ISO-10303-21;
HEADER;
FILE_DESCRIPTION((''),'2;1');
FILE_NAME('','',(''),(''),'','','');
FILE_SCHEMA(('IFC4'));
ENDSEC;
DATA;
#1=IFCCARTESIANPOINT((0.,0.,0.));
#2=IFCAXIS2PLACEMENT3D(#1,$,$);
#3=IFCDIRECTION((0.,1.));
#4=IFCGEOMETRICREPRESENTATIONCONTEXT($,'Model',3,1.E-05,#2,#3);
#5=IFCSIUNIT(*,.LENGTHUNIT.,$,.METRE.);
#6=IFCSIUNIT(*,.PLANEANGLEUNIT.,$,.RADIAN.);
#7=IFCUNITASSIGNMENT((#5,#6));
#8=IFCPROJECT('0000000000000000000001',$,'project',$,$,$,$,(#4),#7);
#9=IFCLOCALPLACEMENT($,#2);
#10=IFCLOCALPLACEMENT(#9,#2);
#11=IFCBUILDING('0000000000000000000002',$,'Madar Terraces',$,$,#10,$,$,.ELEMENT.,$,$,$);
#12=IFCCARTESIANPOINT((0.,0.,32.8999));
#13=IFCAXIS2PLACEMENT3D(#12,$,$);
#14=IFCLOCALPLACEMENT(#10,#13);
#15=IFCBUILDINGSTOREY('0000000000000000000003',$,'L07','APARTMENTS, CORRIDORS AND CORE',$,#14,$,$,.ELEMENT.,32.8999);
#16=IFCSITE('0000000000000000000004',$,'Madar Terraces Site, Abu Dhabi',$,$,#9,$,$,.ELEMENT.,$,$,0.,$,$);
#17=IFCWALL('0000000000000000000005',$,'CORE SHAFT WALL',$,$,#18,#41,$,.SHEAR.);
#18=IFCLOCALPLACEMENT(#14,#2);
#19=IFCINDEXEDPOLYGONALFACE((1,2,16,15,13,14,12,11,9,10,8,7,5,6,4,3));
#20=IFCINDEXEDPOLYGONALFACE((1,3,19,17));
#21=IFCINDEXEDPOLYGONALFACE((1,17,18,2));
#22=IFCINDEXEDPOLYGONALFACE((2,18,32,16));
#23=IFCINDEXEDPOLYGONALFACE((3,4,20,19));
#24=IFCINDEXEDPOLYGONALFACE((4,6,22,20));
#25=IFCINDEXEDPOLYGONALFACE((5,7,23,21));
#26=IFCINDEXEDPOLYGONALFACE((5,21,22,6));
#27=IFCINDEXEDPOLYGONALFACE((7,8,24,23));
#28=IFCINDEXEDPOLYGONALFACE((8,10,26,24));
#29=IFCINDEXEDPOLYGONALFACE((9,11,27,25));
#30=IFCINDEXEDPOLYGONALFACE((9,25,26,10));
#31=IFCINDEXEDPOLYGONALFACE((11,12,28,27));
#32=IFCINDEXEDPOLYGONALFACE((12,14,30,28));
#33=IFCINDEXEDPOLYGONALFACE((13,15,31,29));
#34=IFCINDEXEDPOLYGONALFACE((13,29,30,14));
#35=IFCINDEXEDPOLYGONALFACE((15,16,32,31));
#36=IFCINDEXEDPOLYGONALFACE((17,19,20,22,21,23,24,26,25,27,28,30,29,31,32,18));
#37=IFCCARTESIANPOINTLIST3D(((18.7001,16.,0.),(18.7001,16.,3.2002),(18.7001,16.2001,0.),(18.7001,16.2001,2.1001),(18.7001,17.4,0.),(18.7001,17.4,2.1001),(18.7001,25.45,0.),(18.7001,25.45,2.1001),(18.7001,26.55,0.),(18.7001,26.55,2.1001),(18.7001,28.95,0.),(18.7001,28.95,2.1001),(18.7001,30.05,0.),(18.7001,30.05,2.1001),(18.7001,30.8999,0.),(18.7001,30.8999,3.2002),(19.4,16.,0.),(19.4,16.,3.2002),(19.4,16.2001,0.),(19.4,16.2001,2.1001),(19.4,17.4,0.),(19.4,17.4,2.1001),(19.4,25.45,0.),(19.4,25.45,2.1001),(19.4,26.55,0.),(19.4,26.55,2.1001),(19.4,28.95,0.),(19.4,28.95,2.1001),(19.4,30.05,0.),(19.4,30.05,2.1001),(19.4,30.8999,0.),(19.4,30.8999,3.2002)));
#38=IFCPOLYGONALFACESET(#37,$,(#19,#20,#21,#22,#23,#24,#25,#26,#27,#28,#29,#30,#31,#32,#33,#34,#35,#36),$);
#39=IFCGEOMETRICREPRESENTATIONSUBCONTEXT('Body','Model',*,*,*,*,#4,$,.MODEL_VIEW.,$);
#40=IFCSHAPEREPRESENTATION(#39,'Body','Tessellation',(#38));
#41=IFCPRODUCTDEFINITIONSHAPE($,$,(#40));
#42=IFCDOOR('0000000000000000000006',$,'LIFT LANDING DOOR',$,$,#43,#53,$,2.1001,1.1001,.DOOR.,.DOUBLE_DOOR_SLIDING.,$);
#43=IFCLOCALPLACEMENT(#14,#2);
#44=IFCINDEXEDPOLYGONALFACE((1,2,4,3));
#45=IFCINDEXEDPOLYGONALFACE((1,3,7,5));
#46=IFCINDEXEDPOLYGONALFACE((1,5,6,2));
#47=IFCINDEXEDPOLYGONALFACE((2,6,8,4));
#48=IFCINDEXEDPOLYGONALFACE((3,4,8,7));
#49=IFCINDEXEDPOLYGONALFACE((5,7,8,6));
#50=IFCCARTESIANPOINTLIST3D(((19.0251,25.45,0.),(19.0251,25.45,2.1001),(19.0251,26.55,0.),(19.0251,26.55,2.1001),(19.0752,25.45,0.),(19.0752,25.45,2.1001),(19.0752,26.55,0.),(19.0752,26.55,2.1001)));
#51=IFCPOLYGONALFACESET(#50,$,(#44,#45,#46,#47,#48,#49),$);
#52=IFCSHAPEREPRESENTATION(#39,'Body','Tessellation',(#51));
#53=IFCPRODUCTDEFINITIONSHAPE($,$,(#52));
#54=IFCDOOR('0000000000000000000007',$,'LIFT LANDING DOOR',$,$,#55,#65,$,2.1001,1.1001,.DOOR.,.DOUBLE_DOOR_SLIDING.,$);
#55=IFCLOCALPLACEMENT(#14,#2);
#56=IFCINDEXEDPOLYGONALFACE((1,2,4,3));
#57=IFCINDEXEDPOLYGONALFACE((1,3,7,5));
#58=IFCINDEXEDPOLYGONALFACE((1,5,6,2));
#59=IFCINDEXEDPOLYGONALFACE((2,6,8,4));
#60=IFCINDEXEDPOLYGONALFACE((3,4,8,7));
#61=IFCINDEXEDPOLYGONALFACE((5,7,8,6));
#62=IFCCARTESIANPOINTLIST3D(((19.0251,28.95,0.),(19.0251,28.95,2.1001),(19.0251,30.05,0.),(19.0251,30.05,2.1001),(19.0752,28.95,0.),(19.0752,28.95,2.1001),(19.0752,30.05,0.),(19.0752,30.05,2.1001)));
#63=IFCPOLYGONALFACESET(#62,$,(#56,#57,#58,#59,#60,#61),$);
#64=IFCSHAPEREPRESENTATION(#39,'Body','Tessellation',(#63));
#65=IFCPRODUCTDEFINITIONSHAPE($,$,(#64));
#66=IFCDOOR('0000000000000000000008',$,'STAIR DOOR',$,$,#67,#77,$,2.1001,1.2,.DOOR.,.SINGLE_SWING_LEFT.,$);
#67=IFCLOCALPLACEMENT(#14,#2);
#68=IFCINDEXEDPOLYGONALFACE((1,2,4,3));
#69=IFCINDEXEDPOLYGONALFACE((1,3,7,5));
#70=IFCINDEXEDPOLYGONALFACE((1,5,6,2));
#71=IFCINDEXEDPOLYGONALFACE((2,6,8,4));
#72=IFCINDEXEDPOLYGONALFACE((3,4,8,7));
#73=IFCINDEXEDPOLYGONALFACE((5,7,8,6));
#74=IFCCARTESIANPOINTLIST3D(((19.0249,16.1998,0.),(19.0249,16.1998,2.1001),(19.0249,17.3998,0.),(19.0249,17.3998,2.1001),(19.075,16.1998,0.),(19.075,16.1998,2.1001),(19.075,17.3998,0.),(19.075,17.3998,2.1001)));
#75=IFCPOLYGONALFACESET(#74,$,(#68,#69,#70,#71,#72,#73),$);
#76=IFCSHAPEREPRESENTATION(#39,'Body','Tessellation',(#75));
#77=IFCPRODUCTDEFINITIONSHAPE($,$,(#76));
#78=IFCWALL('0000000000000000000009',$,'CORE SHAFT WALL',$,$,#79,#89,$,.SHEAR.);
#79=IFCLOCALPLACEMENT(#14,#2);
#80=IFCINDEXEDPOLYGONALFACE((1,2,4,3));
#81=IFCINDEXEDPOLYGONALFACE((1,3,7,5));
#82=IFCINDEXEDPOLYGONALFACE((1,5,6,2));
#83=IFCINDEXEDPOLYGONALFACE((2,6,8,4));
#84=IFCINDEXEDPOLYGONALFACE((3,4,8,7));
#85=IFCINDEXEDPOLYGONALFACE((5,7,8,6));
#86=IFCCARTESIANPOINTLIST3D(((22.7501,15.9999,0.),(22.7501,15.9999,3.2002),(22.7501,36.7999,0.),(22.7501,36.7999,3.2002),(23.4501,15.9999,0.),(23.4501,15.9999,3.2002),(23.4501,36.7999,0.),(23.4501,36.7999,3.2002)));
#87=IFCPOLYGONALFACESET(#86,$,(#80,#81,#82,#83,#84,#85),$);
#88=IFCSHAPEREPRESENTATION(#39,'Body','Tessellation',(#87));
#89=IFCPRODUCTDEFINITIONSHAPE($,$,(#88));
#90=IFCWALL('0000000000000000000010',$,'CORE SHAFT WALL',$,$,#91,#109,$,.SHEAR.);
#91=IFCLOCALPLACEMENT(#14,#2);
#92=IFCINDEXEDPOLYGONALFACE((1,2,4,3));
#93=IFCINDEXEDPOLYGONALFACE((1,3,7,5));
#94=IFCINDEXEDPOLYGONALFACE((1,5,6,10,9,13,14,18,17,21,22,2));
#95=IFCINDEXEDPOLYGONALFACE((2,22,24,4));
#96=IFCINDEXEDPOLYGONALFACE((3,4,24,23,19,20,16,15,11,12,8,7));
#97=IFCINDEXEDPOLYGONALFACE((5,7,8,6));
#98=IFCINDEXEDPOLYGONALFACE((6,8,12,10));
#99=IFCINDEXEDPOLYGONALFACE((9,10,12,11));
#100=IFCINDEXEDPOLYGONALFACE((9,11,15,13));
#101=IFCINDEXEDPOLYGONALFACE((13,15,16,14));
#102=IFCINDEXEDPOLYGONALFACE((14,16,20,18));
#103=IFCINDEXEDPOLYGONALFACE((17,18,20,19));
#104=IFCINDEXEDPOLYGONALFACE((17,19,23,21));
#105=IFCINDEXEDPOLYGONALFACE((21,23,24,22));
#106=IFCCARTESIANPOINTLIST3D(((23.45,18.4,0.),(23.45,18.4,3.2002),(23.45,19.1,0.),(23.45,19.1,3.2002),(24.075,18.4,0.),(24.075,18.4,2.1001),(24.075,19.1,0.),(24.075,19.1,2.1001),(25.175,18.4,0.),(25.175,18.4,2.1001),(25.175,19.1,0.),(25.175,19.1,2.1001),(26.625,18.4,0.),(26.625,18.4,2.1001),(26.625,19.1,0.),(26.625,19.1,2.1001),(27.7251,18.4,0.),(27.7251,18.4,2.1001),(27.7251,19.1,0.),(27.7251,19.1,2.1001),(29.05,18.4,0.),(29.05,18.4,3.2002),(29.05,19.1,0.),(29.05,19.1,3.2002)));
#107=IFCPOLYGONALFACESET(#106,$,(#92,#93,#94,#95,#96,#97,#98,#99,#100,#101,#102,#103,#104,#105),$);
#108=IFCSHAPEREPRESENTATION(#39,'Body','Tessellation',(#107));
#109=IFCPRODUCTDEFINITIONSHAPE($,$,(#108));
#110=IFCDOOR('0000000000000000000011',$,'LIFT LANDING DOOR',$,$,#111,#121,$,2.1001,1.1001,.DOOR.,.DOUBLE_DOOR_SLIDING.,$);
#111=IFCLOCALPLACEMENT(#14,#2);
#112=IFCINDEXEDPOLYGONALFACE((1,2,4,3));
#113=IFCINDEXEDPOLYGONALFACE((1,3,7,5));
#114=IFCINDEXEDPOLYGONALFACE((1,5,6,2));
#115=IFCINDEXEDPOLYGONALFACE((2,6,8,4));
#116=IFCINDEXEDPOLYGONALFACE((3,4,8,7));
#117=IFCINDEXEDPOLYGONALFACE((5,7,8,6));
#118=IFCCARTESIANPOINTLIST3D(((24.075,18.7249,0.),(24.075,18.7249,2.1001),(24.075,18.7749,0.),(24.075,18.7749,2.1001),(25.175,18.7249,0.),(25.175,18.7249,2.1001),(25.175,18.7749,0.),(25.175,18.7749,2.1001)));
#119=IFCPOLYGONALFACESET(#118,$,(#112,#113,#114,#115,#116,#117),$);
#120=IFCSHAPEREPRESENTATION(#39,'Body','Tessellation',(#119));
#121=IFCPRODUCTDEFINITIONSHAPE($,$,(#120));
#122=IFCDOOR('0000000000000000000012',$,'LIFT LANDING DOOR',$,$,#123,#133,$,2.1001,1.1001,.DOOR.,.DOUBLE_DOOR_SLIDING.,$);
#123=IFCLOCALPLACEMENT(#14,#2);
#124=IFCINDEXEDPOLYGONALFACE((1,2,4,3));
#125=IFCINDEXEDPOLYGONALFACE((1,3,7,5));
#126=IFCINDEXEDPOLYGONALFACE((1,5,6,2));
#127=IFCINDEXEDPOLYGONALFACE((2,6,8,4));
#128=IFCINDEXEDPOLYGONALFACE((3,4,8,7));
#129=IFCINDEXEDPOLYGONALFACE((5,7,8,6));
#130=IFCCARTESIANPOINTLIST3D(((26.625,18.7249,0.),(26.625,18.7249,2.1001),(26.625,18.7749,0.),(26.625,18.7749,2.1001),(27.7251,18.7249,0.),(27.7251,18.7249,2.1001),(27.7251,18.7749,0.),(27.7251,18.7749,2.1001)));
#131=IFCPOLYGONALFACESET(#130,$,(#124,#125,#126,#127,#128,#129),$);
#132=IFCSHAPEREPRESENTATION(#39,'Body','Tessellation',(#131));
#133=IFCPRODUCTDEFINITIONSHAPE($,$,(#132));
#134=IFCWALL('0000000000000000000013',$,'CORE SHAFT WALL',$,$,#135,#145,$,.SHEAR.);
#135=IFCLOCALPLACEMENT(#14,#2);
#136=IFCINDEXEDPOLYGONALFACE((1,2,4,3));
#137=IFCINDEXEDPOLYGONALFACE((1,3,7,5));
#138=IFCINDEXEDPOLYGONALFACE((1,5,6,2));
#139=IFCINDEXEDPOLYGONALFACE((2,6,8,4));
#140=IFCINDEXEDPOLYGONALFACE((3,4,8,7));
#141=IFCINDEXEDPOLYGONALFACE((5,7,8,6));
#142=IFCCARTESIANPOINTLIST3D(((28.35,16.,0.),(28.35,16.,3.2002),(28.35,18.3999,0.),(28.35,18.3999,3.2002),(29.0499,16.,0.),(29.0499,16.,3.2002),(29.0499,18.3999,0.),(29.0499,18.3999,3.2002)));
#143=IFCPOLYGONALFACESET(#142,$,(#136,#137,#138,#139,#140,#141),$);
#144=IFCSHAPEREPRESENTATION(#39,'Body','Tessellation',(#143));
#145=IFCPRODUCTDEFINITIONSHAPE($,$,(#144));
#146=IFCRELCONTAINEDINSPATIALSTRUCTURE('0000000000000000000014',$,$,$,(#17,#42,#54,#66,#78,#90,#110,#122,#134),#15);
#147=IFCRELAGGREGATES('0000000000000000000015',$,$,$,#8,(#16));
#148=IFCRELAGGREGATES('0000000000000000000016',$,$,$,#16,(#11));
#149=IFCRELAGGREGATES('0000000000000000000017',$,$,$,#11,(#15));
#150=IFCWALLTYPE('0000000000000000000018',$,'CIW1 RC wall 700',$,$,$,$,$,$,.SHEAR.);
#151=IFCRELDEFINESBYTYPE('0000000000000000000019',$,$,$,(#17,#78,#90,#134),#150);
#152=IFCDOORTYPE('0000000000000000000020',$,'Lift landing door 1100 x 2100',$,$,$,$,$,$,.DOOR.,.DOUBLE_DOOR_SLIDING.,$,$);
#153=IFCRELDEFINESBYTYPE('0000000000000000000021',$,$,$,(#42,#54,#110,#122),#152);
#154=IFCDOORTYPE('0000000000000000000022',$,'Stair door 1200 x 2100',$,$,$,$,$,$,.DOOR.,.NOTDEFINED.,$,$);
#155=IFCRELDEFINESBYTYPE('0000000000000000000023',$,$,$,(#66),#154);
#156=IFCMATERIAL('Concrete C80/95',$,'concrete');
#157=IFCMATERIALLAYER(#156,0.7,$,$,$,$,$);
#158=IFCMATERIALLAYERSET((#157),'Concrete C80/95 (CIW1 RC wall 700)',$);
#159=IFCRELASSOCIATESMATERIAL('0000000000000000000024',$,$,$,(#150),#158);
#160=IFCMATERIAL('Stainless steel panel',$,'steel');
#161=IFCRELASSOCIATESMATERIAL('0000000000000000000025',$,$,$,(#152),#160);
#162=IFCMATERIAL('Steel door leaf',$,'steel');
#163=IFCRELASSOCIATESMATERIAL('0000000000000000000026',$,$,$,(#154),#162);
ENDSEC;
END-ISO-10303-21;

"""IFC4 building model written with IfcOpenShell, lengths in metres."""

from ifc_helpers import new_model, si_unit, direction, frame, frame_2d, origin, place, context, subcontext, project, spatial, rectangle, extrude, material, layer, layer_set, type_object, element, fill, save


model = new_model("IFC4")

# Units and contexts
model_context = context("Model", 3, precision=1e-05, world=origin(), true_north=direction((0.0, 1.0)))
body_context = subcontext(model_context, "Body", "Model", "MODEL_VIEW")
ifc_project = project(units=[si_unit("LENGTHUNIT", "METRE"), si_unit("PLANEANGLEUNIT", "RADIAN")], contexts=[model_context])

# Site, building, storey
site_placement = place(None, origin())
site = spatial("IfcSite", under=ifc_project, at=site_placement, Name="Madar Terraces Site, Abu Dhabi", CompositionType="ELEMENT", RefElevation=0.0)
building_placement = place(site_placement, origin())
building = spatial("IfcBuilding", under=site, at=building_placement, Name="Madar Terraces", CompositionType="ELEMENT")
storey_placement = place(building_placement, frame((0.0, 0.0, 32.8999)))
storey = spatial("IfcBuildingStorey", under=building, at=storey_placement, Name="L07", Description="APARTMENTS, CORRIDORS AND CORE", CompositionType="ELEMENT", Elevation=32.8999)

# Wall, openings, doors
ifc_material_1 = material(Name="Concrete C80/95", Category="concrete")
ifc_layer_1 = layer(ifc_material_1, 0.7)
ifc_layer_set_1 = layer_set([ifc_layer_1], Name="Concrete C80/95 (CIW1 RC wall 700)")
wall_type_1 = type_object("IfcWallType", Name="CIW1 RC wall 700", PredefinedType="SHEAR", material=ifc_layer_set_1)
wall_1_placement = place(storey_placement, frame((19.05, 16.0, 0.0), z_axis=(0.0, 0.0, 1.0), x_axis=(0.0, 1.0, 0.0)))
wall_1 = element("IfcWall", 1, at=wall_1_placement, inside=storey, type_object=wall_type_1, Name="CORE SHAFT WALL", PredefinedType="SHEAR", context=body_context, shape_type="SweptSolid", body=[
    extrude(rectangle(XDim=14.8999, YDim=0.7, at=frame_2d((7.45, 0.0))), origin(), (0.0, 0.0, 1.0), 3.2002),
])
opening_1_placement = place(wall_1_placement, frame((9.45, 0.0, 0.0)))
opening_1 = element("IfcOpeningElement", 2, at=opening_1_placement, cuts=wall_1, PredefinedType="OPENING", context=body_context, shape_type="SweptSolid", body=[
    extrude(rectangle(XDim=1.1001, YDim=2.1001, at=frame_2d((0.55, 1.05))), frame((0.0, 0.3599, 0.0), z_axis=(0.0, -1.0, 0.0), x_axis=(1.0, 0.0, 0.0)), (0.0, 0.0, 1.0), 0.72),
])
opening_2_placement = place(wall_1_placement, frame((12.95, 0.0, 0.0)))
opening_2 = element("IfcOpeningElement", 3, at=opening_2_placement, cuts=wall_1, PredefinedType="OPENING", context=body_context, shape_type="SweptSolid", body=[
    extrude(rectangle(XDim=1.1001, YDim=2.1001, at=frame_2d((0.55, 1.05))), frame((0.0, 0.3599, 0.0), z_axis=(0.0, -1.0, 0.0), x_axis=(1.0, 0.0, 0.0)), (0.0, 0.0, 1.0), 0.72),
])
opening_3_placement = place(wall_1_placement, frame((0.2, 0.0, 0.0)))
opening_3 = element("IfcOpeningElement", 4, at=opening_3_placement, cuts=wall_1, PredefinedType="OPENING", context=body_context, shape_type="SweptSolid", body=[
    extrude(rectangle(XDim=1.2, YDim=2.1001, at=frame_2d((0.6001, 1.05))), frame((0.0, 0.3599, 0.0), z_axis=(0.0, -1.0, 0.0), x_axis=(1.0, 0.0, 0.0)), (0.0, 0.0, 1.0), 0.72),
])
ifc_material_2 = material(Name="Stainless steel panel", Category="steel")
door_type_1 = type_object("IfcDoorType", Name="Lift landing door 1100 x 2100", OperationType="DOUBLE_DOOR_SLIDING", PredefinedType="DOOR", material=ifc_material_2)
door_1_placement = place(opening_1_placement, origin())
door_1 = element("IfcDoor", 5, at=door_1_placement, inside=storey, type_object=door_type_1, Name="LIFT LANDING DOOR", OperationType="DOUBLE_DOOR_SLIDING", OverallHeight=2.1001, OverallWidth=1.1001, PredefinedType="DOOR", context=body_context, shape_type="SweptSolid", body=[
    extrude(rectangle(XDim=1.1001, YDim=2.1001, at=frame_2d((0.55, 1.05))), frame((0.0, 0.0249, 0.0), z_axis=(0.0, -1.0, 0.0), x_axis=(1.0, 0.0, 0.0)), (0.0, 0.0, 1.0), 0.05),
])
fill(opening_1, door_1)
door_2_placement = place(opening_2_placement, origin())
door_2 = element("IfcDoor", 6, at=door_2_placement, inside=storey, type_object=door_type_1, Name="LIFT LANDING DOOR", OperationType="DOUBLE_DOOR_SLIDING", OverallHeight=2.1001, OverallWidth=1.1001, PredefinedType="DOOR", context=body_context, shape_type="SweptSolid", body=[
    extrude(rectangle(XDim=1.1001, YDim=2.1001, at=frame_2d((0.55, 1.05))), frame((0.0, 0.0249, 0.0), z_axis=(0.0, -1.0, 0.0), x_axis=(1.0, 0.0, 0.0)), (0.0, 0.0, 1.0), 0.05),
])
fill(opening_2, door_2)
ifc_material_3 = material(Name="Steel door leaf", Category="steel")
door_type_2 = type_object("IfcDoorType", Name="Stair door 1200 x 2100", OperationType="NOTDEFINED", PredefinedType="DOOR", material=ifc_material_3)
door_3_placement = place(opening_3_placement, frame((1.2, 0.0, 0.0), z_axis=(0.0, 0.0, 1.0), x_axis=(-1.0, 0.0, 0.0)))
door_3 = element("IfcDoor", 7, at=door_3_placement, inside=storey, type_object=door_type_2, Name="STAIR DOOR", OperationType="SINGLE_SWING_LEFT", OverallHeight=2.1001, OverallWidth=1.2, PredefinedType="DOOR", context=body_context, shape_type="SweptSolid", body=[
    extrude(rectangle(XDim=1.2, YDim=2.1001, at=frame_2d((0.6001, 1.05))), frame((0.0, 0.0249, 0.0), z_axis=(0.0, -1.0, 0.0), x_axis=(1.0, 0.0, 0.0)), (0.0, 0.0, 1.0), 0.05),
])
fill(opening_3, door_3)

# Wall
wall_2_placement = place(storey_placement, frame((23.1001, 16.0, 0.0), z_axis=(0.0, 0.0, 1.0), x_axis=(0.0, 1.0, 0.0)))
element("IfcWall", 8, at=wall_2_placement, inside=storey, type_object=wall_type_1, Name="CORE SHAFT WALL", PredefinedType="SHEAR", context=body_context, shape_type="SweptSolid", body=[
    extrude(rectangle(XDim=20.8, YDim=0.7, at=frame_2d((10.3999, 0.0))), origin(), (0.0, 0.0, 1.0), 3.2002),
])

# Wall, openings, doors
wall_3_placement = place(storey_placement, frame((23.45, 18.75, 0.0), z_axis=(0.0, 0.0, 1.0), x_axis=(1.0, 0.0, 0.0)))
wall_3 = element("IfcWall", 9, at=wall_3_placement, inside=storey, type_object=wall_type_1, Name="CORE SHAFT WALL", PredefinedType="SHEAR", context=body_context, shape_type="SweptSolid", body=[
    extrude(rectangle(XDim=5.6001, YDim=0.7, at=frame_2d((2.8, 0.0))), origin(), (0.0, 0.0, 1.0), 3.2002),
])
opening_4_placement = place(wall_3_placement, frame((0.625, 0.0, 0.0)))
opening_4 = element("IfcOpeningElement", 10, at=opening_4_placement, cuts=wall_3, PredefinedType="OPENING", context=body_context, shape_type="SweptSolid", body=[
    extrude(rectangle(XDim=1.1001, YDim=2.1001, at=frame_2d((0.55, 1.05))), frame((0.0, 0.3599, 0.0), z_axis=(0.0, -1.0, 0.0), x_axis=(1.0, 0.0, 0.0)), (0.0, 0.0, 1.0), 0.72),
])
opening_5_placement = place(wall_3_placement, frame((3.175, 0.0, 0.0)))
opening_5 = element("IfcOpeningElement", 11, at=opening_5_placement, cuts=wall_3, PredefinedType="OPENING", context=body_context, shape_type="SweptSolid", body=[
    extrude(rectangle(XDim=1.1001, YDim=2.1001, at=frame_2d((0.55, 1.05))), frame((0.0, 0.3599, 0.0), z_axis=(0.0, -1.0, 0.0), x_axis=(1.0, 0.0, 0.0)), (0.0, 0.0, 1.0), 0.72),
])
door_4_placement = place(opening_4_placement, origin())
door_4 = element("IfcDoor", 12, at=door_4_placement, inside=storey, type_object=door_type_1, Name="LIFT LANDING DOOR", OperationType="DOUBLE_DOOR_SLIDING", OverallHeight=2.1001, OverallWidth=1.1001, PredefinedType="DOOR", context=body_context, shape_type="SweptSolid", body=[
    extrude(rectangle(XDim=1.1001, YDim=2.1001, at=frame_2d((0.55, 1.05))), frame((0.0, 0.0249, 0.0), z_axis=(0.0, -1.0, 0.0), x_axis=(1.0, 0.0, 0.0)), (0.0, 0.0, 1.0), 0.05),
])
fill(opening_4, door_4)
door_5_placement = place(opening_5_placement, origin())
door_5 = element("IfcDoor", 13, at=door_5_placement, inside=storey, type_object=door_type_1, Name="LIFT LANDING DOOR", OperationType="DOUBLE_DOOR_SLIDING", OverallHeight=2.1001, OverallWidth=1.1001, PredefinedType="DOOR", context=body_context, shape_type="SweptSolid", body=[
    extrude(rectangle(XDim=1.1001, YDim=2.1001, at=frame_2d((0.55, 1.05))), frame((0.0, 0.0249, 0.0), z_axis=(0.0, -1.0, 0.0), x_axis=(1.0, 0.0, 0.0)), (0.0, 0.0, 1.0), 0.05),
])
fill(opening_5, door_5)

# Wall
wall_4_placement = place(storey_placement, frame((28.7, 16.0, 0.0), z_axis=(0.0, 0.0, 1.0), x_axis=(0.0, 1.0, 0.0)))
element("IfcWall", 14, at=wall_4_placement, inside=storey, type_object=wall_type_1, Name="CORE SHAFT WALL", PredefinedType="SHEAR", context=body_context, shape_type="SweptSolid", body=[
    extrude(rectangle(XDim=2.3999, YDim=0.7, at=frame_2d((1.2, 0.0))), origin(), (0.0, 0.0, 1.0), 3.2002),
])

save(model, "model.ifc")
